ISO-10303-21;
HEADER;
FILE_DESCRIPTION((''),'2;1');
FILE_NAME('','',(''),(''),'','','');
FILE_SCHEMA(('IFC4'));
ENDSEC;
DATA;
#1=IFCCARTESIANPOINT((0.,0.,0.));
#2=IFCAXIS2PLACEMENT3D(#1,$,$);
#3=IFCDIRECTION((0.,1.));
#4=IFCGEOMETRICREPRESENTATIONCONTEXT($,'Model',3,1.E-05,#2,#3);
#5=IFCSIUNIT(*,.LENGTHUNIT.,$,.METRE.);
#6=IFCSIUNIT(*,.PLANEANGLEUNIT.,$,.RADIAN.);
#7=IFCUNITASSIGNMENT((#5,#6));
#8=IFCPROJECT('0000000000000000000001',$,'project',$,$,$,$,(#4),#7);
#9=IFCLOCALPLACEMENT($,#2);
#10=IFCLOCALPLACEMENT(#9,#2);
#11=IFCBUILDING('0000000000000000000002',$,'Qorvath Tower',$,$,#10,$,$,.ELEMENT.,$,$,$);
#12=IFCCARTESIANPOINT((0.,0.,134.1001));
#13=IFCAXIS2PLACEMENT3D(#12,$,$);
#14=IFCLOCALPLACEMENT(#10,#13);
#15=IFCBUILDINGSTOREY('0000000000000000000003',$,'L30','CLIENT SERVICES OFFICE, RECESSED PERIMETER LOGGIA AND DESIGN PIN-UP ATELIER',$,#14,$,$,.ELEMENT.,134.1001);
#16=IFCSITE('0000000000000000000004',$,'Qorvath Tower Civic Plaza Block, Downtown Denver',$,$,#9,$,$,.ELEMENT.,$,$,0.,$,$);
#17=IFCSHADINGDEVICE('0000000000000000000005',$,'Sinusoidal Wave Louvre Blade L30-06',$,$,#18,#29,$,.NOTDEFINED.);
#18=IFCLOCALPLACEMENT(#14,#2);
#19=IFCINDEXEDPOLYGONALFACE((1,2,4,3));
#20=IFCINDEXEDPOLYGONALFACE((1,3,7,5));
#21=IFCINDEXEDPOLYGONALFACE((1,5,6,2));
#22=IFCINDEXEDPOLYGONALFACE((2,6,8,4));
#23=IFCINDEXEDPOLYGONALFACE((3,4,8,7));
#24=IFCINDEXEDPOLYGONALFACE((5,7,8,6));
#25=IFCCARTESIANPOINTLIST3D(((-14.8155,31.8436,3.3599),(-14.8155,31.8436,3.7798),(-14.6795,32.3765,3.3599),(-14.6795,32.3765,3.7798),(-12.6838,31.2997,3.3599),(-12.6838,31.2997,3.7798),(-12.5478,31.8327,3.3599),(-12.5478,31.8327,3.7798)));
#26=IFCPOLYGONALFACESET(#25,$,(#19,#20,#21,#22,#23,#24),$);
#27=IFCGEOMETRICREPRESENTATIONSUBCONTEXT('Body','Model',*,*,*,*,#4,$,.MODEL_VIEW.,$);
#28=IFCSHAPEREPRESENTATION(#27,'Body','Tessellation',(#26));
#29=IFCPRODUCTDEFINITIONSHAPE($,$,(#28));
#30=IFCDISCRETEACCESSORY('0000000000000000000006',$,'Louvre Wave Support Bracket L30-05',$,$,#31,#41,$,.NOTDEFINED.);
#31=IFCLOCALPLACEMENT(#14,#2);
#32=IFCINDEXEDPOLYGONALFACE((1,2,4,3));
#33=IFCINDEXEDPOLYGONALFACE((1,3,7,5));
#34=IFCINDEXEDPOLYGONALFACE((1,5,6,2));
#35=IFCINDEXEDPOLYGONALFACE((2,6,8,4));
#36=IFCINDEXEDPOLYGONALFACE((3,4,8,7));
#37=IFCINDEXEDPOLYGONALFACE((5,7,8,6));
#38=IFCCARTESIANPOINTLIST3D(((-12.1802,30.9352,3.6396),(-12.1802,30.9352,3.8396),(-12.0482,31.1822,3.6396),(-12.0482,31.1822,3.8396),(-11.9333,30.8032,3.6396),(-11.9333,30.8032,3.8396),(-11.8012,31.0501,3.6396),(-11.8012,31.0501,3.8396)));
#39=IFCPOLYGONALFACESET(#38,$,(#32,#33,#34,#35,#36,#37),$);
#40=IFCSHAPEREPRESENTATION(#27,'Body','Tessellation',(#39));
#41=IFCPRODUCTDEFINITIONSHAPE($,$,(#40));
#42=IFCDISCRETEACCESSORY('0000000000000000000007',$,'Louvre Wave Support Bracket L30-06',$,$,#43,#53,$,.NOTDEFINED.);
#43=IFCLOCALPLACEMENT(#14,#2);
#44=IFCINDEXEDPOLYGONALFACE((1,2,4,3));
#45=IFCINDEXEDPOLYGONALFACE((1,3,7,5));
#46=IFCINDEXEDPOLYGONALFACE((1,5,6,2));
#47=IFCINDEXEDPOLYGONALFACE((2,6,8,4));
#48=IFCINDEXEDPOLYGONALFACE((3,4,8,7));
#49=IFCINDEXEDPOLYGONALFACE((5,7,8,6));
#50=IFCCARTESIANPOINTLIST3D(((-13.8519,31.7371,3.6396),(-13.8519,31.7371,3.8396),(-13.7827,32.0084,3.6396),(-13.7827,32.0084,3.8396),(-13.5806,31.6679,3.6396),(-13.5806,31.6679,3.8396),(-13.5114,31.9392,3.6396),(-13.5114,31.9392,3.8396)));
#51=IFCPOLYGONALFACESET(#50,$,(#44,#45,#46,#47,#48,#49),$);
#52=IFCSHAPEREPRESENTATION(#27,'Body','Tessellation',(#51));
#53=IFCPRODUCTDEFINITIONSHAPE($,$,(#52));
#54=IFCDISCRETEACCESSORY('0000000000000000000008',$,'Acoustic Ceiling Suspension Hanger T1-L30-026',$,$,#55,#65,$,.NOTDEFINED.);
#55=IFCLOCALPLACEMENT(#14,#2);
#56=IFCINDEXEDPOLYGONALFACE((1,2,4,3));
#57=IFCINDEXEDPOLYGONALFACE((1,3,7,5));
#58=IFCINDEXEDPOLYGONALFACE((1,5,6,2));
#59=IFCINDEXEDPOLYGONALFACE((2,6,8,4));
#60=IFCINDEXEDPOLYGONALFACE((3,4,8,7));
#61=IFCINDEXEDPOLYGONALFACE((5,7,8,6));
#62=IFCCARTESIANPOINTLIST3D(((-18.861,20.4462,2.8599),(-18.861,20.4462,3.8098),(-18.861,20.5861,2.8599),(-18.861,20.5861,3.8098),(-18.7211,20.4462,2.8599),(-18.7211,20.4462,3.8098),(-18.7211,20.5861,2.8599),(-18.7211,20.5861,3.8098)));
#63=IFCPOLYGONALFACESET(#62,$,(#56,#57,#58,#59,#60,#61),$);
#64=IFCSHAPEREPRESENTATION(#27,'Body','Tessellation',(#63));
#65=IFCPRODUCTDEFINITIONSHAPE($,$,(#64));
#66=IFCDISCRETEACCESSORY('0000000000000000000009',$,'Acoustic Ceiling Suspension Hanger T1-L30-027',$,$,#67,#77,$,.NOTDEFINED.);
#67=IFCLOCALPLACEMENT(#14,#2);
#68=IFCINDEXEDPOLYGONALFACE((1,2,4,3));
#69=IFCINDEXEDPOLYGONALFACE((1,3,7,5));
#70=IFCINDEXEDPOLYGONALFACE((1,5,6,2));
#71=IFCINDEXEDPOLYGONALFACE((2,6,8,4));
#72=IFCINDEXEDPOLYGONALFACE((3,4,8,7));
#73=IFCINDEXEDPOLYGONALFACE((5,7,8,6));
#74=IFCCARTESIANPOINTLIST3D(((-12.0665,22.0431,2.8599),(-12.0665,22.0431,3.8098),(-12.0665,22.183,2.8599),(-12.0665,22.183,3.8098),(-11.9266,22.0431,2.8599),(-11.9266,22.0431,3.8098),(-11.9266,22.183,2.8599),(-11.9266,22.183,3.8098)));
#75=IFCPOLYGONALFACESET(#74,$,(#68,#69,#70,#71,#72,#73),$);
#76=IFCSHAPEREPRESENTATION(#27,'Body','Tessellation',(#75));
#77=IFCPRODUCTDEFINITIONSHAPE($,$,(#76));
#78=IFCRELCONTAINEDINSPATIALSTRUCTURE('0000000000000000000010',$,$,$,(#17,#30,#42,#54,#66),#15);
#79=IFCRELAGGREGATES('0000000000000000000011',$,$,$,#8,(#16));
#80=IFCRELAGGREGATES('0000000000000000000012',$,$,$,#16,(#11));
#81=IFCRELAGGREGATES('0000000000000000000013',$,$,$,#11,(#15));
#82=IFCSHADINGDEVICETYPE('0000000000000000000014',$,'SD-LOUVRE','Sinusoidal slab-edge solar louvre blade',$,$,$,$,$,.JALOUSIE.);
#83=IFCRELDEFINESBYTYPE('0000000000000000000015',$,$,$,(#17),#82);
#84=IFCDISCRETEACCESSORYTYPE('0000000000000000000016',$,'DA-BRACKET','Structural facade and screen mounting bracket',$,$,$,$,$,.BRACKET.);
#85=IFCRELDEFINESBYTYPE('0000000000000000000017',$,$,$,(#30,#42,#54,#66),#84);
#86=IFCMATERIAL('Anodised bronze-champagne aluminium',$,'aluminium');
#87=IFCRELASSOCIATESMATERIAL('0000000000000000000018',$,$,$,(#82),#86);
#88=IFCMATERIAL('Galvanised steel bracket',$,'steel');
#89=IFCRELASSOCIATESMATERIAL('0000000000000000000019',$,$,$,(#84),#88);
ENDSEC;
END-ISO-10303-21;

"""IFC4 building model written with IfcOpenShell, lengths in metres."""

from ifc_helpers import new_model, si_unit, direction, frame, origin, origin_2d, place, context, subcontext, project, spatial, rectangle, extrude, material, type_object, element, save


model = new_model("IFC4")

# Units and contexts
model_context = context("Model", 3, precision=1e-05, world=origin(), true_north=direction((0.0, 1.0)))
body_context = subcontext(model_context, "Body", "Model", "MODEL_VIEW")
ifc_project = project(units=[si_unit("LENGTHUNIT", "METRE"), si_unit("PLANEANGLEUNIT", "RADIAN")], contexts=[model_context])

# Site, building, storey
site_placement = place(None, origin())
site = spatial("IfcSite", under=ifc_project, at=site_placement, Name="Qorvath Tower Civic Plaza Block, Downtown Denver", CompositionType="ELEMENT", RefElevation=0.0)
building_placement = place(site_placement, origin())
building = spatial("IfcBuilding", under=site, at=building_placement, Name="Qorvath Tower", CompositionType="ELEMENT")
storey_placement = place(building_placement, frame((0.0, 0.0, 134.1001)))
storey = spatial("IfcBuildingStorey", under=building, at=storey_placement, Name="L30", Description="CLIENT SERVICES OFFICE, RECESSED PERIMETER LOGGIA AND DESIGN PIN-UP ATELIER", CompositionType="ELEMENT", Elevation=134.1001)

# Shading device
ifc_material_1 = material(Name="Anodised bronze-champagne aluminium", Category="aluminium")
shading_device_type = type_object("IfcShadingDeviceType", Name="SD-LOUVRE", Description="Sinusoidal slab-edge solar louvre blade", PredefinedType="JALOUSIE", material=ifc_material_1)
for number, where, z_axis, x_axis, name in (
    (1, (-13.6816, 31.8381, 3.3599), (0.0, 0.0, 1.0), (-0.968963, 0.247207, 0.0), "Sinusoidal Wave Louvre Blade L30-06"),
):
    element("IfcShadingDevice", number, at=place(storey_placement, frame(where, z_axis=z_axis, x_axis=x_axis)), inside=storey, type_object=shading_device_type, Name=name, PredefinedType="NOTDEFINED", context=body_context, shape_type="SweptSolid", body=[
        extrude(rectangle(XDim=2.2, YDim=0.55, at=origin_2d()), origin(), (0.0, 0.0, 1.0), 0.4199),
    ])

# Discrete accessories
ifc_material_2 = material(Name="Galvanised steel bracket", Category="steel")
discrete_accessory_type = type_object("IfcDiscreteAccessoryType", Name="DA-BRACKET", Description="Structural facade and screen mounting bracket", PredefinedType="BRACKET", material=ifc_material_2)
for number, where, z_axis, x_axis, name in (
    (2, (-11.9907, 30.9927, 3.6396), (0.0, 0.0, 1.0), (-0.881877, 0.47148, 0.0), "Louvre Wave Support Bracket L30-05"),
    (3, (-13.6816, 31.8381, 3.6396), (0.0, 0.0, 1.0), (-0.968963, 0.247207, 0.0), "Louvre Wave Support Bracket L30-06"),
):
    element("IfcDiscreteAccessory", number, at=place(storey_placement, frame(where, z_axis=z_axis, x_axis=x_axis)), inside=storey, type_object=discrete_accessory_type, Name=name, PredefinedType="NOTDEFINED", context=body_context, shape_type="SweptSolid", body=[
        extrude(rectangle(XDim=0.28, YDim=0.28, at=origin_2d()), origin(), (0.0, 0.0, 1.0), 0.2),
    ])
for number, where, z_axis, x_axis, name in (
    (4, (-18.791, 20.5161, 2.8599), (0.0, 0.0, 1.0), (1.0, 0.0, 0.0), "Acoustic Ceiling Suspension Hanger T1-L30-026"),
    (5, (-11.9966, 22.113, 2.8599), (0.0, 0.0, 1.0), (1.0, 0.0, 0.0), "Acoustic Ceiling Suspension Hanger T1-L30-027"),
):
    element("IfcDiscreteAccessory", number, at=place(storey_placement, frame(where, z_axis=z_axis, x_axis=x_axis)), inside=storey, type_object=discrete_accessory_type, Name=name, PredefinedType="NOTDEFINED", context=body_context, shape_type="SweptSolid", body=[
        extrude(rectangle(XDim=0.1399, YDim=0.1399, at=origin_2d()), origin(), (0.0, 0.0, 1.0), 0.95),
    ])

save(model, "model.ifc")
